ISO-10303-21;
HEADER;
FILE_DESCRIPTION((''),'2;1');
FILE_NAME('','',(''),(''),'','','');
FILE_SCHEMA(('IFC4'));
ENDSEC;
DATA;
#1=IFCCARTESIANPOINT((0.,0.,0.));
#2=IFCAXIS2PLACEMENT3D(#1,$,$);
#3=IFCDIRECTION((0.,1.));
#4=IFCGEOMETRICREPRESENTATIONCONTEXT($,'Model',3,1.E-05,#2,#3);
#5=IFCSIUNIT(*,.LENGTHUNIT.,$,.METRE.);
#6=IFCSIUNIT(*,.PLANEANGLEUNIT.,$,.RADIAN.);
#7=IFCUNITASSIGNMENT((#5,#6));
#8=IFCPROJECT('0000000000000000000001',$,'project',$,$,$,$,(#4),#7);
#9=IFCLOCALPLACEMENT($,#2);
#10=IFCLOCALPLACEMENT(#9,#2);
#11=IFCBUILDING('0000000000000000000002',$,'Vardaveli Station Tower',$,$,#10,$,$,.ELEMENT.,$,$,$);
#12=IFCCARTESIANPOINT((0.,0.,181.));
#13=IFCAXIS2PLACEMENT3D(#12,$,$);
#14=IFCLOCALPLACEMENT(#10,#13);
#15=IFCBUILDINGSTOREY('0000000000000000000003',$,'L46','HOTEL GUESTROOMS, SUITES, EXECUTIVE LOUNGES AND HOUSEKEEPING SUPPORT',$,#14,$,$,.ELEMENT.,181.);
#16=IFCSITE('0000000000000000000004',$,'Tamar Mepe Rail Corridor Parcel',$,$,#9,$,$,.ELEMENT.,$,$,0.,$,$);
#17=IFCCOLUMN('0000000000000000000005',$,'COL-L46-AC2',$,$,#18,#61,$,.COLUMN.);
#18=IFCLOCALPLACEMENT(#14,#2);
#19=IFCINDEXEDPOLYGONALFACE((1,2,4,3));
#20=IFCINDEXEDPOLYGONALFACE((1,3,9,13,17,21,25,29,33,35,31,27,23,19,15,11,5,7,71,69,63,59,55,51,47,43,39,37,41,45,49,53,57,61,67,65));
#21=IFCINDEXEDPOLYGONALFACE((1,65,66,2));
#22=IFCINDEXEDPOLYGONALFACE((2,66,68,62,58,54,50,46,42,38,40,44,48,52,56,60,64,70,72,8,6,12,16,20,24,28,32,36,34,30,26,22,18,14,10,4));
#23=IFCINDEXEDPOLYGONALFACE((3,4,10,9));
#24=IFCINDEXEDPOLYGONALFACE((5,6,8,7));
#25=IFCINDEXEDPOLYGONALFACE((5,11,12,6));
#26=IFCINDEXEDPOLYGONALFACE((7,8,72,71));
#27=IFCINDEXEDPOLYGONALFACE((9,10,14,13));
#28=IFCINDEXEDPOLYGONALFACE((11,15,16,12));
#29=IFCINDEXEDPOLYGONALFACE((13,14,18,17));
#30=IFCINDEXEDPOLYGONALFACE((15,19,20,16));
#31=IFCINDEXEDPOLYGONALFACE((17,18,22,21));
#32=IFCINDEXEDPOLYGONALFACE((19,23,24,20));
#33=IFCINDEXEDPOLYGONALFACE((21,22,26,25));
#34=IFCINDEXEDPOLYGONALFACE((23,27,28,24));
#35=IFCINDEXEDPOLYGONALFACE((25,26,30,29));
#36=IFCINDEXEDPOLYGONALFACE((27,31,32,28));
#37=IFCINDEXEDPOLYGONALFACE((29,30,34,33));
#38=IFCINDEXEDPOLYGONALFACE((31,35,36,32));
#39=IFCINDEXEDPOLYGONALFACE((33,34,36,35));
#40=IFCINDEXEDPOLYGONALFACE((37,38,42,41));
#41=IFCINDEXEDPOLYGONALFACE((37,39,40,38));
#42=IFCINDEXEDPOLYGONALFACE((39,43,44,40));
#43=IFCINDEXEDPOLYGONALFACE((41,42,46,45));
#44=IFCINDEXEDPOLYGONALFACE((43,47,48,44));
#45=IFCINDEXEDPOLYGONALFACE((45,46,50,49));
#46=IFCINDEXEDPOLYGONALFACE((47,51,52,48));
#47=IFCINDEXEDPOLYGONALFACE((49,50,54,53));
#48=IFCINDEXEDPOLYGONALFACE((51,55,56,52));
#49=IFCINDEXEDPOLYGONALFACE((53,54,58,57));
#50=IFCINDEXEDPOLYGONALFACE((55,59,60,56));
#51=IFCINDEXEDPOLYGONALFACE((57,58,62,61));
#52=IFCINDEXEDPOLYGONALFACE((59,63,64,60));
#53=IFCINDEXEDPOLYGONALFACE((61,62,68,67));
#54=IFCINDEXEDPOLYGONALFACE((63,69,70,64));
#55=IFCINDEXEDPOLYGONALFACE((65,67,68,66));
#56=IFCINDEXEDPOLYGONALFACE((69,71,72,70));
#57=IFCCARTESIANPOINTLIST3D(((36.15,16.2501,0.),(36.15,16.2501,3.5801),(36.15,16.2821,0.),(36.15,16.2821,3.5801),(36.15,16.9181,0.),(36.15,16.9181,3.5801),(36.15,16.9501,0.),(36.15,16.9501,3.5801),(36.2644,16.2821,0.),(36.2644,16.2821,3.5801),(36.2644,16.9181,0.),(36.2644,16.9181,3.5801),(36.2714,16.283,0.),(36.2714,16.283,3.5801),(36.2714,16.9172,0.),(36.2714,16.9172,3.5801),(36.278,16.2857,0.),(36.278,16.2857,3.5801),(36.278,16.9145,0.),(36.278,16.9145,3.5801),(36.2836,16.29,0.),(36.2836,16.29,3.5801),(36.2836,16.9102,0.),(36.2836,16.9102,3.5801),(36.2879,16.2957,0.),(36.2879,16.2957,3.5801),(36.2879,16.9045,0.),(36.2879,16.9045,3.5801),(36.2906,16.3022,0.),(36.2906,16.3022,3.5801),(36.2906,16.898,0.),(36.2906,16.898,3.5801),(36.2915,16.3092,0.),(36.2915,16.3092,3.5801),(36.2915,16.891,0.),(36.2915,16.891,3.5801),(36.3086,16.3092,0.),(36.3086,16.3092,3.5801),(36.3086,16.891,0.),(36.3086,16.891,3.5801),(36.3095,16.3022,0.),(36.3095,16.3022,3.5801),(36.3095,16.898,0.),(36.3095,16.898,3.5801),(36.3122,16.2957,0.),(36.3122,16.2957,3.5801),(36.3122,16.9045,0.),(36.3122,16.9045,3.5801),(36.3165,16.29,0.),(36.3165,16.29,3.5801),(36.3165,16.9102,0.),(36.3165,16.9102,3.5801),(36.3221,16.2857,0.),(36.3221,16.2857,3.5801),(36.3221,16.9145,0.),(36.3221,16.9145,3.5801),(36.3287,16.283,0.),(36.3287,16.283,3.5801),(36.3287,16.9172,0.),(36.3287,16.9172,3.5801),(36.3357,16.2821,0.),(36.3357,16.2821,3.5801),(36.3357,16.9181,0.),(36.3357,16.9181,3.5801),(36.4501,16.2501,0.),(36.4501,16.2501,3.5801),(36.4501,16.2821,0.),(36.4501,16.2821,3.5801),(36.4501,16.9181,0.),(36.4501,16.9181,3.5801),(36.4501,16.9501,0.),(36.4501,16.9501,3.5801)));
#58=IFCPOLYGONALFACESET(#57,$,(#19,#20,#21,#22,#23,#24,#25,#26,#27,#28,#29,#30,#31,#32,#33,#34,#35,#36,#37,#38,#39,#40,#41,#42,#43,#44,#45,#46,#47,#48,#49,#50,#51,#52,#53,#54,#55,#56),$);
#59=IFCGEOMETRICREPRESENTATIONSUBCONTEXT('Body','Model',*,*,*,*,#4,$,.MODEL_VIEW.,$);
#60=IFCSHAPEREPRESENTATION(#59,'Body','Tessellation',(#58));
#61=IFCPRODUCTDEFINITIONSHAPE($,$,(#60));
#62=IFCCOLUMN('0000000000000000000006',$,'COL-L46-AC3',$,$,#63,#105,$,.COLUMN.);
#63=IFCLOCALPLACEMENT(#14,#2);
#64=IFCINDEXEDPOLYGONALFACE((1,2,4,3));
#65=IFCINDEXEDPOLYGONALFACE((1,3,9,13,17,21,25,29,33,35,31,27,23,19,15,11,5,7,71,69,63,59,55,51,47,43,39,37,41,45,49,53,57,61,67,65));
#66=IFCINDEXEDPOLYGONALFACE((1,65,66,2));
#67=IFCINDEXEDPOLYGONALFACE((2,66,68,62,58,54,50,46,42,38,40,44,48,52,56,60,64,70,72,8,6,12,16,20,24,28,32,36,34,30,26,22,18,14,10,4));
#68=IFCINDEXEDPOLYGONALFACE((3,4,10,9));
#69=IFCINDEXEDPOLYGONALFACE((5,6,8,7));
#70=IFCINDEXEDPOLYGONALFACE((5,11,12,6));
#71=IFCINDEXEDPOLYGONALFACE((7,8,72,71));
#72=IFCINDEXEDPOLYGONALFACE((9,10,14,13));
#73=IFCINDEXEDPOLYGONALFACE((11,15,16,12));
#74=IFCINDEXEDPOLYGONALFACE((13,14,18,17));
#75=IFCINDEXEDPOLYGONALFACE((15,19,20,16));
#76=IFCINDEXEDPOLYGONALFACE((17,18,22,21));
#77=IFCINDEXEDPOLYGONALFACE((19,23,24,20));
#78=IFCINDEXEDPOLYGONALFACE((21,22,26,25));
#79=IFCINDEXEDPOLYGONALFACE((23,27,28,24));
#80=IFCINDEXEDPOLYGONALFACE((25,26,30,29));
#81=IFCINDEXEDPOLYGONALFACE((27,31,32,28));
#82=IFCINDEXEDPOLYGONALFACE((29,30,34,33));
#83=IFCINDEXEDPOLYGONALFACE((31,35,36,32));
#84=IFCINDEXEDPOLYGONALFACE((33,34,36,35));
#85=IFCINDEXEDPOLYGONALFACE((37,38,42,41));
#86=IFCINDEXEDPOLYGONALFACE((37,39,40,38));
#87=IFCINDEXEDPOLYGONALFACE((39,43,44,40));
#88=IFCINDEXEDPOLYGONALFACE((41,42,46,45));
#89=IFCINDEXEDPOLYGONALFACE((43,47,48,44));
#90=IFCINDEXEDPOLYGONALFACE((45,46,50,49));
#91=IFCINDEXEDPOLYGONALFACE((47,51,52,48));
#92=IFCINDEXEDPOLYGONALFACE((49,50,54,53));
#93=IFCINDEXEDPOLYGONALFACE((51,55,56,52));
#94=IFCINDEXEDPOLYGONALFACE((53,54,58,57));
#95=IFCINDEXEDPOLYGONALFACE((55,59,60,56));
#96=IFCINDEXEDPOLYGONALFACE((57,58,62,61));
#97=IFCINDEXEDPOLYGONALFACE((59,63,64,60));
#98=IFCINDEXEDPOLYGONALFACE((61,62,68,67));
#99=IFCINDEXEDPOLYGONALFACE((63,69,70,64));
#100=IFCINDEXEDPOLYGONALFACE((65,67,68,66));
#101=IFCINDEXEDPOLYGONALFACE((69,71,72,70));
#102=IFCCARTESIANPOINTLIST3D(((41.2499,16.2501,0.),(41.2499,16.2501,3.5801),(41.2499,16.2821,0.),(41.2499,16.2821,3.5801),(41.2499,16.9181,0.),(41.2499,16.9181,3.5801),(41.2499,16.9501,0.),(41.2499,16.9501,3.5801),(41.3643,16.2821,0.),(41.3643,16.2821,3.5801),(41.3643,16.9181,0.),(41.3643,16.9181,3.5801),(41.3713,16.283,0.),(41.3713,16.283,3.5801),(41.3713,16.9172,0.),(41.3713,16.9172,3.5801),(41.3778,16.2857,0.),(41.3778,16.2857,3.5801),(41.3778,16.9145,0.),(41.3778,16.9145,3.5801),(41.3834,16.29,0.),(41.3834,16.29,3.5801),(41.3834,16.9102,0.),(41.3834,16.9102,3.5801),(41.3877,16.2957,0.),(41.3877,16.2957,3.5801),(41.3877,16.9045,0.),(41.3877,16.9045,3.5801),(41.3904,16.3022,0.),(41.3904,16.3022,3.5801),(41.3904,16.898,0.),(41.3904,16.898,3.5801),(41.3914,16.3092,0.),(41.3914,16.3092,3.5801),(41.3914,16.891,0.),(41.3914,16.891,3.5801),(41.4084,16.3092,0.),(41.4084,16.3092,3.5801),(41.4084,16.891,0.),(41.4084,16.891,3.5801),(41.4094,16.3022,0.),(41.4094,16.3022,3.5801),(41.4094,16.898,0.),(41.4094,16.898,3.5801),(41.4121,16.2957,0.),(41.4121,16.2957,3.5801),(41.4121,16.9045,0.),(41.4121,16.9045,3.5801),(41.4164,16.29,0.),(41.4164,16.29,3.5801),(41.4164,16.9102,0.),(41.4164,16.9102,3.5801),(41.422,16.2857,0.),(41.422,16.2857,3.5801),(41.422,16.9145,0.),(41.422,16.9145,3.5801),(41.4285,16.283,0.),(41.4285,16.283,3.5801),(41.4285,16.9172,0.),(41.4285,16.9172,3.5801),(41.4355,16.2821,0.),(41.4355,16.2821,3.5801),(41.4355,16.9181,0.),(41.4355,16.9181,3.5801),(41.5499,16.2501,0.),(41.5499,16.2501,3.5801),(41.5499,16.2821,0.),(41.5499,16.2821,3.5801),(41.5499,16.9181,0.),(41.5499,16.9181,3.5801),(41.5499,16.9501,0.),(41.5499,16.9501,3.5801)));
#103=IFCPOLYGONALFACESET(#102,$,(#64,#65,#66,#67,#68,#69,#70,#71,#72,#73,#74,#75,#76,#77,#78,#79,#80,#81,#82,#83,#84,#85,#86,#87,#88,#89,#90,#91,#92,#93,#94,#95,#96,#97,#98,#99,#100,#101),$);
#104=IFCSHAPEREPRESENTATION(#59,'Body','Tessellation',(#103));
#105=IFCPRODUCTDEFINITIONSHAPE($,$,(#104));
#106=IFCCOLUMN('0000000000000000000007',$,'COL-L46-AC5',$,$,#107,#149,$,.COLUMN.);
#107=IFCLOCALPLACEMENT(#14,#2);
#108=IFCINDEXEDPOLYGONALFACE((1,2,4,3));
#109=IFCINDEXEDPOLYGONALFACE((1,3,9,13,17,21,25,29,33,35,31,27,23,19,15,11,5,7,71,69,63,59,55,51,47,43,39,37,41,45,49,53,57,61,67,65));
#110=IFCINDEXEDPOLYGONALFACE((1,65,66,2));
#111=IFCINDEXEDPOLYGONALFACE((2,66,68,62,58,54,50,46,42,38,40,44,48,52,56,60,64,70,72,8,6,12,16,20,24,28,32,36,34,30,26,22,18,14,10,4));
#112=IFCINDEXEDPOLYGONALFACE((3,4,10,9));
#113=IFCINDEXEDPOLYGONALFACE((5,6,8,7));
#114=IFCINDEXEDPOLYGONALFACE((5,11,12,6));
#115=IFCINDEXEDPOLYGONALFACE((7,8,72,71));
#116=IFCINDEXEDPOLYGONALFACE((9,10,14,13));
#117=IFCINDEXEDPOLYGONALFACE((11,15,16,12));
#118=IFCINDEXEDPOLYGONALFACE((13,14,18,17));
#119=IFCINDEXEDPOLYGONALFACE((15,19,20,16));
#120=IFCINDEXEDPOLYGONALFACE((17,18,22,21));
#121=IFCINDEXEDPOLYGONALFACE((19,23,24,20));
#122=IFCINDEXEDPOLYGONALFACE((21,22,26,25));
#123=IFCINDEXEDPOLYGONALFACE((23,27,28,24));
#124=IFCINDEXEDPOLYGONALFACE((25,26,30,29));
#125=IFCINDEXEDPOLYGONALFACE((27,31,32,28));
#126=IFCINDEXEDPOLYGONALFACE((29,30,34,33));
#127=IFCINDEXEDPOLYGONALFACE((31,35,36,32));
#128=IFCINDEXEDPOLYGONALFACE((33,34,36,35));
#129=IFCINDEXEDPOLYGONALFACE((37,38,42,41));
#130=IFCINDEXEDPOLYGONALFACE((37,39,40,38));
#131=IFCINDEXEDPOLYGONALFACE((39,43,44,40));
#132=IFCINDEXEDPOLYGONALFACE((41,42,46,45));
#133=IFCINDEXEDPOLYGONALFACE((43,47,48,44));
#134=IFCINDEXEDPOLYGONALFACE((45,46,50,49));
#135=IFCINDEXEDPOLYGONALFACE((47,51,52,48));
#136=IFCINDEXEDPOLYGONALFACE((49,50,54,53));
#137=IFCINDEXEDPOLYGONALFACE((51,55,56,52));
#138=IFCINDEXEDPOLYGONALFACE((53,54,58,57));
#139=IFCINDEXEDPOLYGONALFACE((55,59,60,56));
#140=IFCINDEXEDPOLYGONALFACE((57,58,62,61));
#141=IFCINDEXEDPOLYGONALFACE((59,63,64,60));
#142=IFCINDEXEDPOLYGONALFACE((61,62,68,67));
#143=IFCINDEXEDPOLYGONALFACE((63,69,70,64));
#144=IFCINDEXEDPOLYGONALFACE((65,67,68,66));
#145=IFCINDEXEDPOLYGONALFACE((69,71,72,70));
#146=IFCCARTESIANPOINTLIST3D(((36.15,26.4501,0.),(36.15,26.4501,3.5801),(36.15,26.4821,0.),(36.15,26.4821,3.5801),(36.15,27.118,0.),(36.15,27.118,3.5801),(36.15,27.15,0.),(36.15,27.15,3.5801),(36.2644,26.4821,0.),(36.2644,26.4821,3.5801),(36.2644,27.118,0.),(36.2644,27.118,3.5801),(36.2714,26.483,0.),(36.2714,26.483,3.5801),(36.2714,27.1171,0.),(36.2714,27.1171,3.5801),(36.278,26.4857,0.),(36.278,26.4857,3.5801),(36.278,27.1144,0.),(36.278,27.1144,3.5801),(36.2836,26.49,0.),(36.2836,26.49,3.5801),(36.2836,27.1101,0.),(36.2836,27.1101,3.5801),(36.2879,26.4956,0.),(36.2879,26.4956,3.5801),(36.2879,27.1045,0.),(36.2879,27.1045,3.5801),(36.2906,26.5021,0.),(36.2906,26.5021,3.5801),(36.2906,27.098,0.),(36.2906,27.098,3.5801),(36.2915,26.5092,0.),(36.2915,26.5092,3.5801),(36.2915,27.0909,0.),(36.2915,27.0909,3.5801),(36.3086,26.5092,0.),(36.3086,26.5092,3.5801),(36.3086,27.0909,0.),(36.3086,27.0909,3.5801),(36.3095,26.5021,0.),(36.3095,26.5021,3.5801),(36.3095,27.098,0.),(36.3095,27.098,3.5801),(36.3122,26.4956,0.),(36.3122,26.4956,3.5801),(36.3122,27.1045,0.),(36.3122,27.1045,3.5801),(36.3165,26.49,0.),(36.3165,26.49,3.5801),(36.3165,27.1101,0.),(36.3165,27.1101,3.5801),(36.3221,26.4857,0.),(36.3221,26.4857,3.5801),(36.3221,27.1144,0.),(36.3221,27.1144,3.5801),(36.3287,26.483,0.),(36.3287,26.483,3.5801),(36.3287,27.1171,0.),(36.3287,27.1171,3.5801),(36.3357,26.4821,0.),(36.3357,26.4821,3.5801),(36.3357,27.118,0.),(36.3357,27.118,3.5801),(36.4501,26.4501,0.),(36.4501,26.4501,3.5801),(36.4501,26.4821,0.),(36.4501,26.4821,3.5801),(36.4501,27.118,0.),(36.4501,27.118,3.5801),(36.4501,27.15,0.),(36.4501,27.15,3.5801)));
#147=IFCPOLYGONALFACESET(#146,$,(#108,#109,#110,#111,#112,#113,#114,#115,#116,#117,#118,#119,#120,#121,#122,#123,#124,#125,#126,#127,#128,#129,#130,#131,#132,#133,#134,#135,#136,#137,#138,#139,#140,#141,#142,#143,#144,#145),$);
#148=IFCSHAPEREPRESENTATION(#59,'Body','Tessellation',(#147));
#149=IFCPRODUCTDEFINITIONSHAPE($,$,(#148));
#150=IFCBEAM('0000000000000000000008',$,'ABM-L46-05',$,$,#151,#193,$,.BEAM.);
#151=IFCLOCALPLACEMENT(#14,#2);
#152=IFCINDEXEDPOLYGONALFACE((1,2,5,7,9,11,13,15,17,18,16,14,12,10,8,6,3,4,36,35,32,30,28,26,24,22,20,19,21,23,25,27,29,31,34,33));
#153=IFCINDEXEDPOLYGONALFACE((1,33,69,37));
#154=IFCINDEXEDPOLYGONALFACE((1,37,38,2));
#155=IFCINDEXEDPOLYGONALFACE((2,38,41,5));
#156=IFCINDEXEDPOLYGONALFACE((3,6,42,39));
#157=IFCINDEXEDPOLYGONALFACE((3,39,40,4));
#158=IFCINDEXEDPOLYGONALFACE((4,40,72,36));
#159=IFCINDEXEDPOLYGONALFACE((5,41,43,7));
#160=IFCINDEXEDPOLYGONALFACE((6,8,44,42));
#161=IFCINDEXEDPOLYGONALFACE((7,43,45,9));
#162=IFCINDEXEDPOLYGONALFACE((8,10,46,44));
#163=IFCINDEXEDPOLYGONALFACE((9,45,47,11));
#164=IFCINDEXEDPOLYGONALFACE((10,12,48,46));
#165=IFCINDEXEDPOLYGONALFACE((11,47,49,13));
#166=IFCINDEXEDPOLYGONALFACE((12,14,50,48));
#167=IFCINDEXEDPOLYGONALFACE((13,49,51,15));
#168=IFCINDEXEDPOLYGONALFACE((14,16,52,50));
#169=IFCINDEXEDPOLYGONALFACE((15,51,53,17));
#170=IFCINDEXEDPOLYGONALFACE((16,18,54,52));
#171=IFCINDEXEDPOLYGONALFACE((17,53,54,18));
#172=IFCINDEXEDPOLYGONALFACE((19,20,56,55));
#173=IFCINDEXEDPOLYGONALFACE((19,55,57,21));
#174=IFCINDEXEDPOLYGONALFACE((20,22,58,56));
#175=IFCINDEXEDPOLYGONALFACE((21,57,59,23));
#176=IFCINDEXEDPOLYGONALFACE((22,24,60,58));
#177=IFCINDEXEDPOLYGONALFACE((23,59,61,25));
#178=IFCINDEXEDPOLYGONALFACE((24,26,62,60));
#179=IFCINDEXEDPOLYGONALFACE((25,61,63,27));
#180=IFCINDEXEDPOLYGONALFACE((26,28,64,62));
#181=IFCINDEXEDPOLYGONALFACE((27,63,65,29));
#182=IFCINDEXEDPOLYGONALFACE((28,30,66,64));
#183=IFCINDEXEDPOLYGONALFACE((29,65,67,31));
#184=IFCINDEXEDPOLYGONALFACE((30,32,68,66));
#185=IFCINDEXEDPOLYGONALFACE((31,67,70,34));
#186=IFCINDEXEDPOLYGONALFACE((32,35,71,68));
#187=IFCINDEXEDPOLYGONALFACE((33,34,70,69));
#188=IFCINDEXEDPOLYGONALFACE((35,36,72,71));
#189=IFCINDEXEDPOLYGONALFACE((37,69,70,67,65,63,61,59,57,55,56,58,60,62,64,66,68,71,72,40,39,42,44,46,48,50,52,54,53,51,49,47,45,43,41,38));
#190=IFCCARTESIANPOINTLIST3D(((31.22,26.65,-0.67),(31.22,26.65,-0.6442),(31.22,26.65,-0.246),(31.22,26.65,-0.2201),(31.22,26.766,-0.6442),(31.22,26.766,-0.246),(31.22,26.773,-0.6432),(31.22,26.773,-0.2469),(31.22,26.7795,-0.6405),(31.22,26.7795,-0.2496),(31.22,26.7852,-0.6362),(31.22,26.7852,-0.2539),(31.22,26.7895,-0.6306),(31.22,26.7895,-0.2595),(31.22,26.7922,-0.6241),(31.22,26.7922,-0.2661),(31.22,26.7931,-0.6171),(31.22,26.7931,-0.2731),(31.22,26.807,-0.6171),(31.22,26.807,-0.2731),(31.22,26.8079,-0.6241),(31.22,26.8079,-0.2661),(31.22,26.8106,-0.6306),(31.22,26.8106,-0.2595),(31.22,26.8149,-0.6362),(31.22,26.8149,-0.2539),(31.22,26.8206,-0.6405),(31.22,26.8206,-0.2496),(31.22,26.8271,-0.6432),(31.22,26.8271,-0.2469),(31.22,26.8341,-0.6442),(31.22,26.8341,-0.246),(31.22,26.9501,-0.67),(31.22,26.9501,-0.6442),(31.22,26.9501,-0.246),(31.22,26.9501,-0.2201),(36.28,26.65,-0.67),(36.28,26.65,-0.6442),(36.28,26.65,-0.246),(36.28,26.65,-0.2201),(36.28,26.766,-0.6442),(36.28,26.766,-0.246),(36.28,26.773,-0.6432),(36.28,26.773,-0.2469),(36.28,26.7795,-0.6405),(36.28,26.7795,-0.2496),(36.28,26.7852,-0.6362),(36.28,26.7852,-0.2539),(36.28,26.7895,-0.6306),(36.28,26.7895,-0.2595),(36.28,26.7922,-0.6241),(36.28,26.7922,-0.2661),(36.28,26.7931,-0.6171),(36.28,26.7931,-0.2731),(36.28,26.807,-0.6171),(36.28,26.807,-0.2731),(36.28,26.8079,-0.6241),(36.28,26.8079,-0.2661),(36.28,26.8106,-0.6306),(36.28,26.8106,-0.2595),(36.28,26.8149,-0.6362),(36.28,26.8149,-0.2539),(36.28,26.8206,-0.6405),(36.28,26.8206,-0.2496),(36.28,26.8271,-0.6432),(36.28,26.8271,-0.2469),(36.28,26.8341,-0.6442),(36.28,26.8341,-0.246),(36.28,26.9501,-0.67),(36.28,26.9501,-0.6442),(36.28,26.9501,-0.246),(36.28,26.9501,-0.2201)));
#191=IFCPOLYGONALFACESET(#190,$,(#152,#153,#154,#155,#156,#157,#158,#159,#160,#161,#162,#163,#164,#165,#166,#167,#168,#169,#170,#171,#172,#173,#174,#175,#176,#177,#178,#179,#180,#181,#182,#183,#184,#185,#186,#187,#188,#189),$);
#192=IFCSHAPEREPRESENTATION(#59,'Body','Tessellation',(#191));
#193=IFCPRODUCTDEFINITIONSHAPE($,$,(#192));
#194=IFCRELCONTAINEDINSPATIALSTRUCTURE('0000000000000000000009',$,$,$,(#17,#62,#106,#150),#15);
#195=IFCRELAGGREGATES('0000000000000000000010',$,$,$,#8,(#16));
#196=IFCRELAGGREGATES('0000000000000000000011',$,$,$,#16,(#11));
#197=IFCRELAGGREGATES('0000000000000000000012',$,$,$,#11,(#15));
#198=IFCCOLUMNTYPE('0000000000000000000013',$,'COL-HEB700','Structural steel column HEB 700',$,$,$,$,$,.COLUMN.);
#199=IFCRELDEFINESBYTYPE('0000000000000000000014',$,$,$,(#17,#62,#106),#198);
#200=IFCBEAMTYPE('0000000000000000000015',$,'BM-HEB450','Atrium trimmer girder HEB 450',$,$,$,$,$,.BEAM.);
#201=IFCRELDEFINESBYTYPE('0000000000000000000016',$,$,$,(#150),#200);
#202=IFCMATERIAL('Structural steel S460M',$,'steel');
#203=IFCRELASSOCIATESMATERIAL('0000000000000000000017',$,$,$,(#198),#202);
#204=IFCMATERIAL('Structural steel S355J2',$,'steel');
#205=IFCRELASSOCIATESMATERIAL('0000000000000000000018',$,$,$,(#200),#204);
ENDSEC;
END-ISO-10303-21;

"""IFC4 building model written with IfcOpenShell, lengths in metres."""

from ifc_helpers import new_model, si_unit, direction, frame, origin, origin_2d, place, context, subcontext, project, spatial, i_section, extrude, source, transform, mapped, material, material_profile, profile_set, type_object, element, save


model = new_model("IFC4")

# Units and contexts
model_context = context("Model", 3, precision=1e-05, world=origin(), true_north=direction((0.0, 1.0)))
body_context = subcontext(model_context, "Body", "Model", "MODEL_VIEW")
ifc_project = project(units=[si_unit("LENGTHUNIT", "METRE"), si_unit("PLANEANGLEUNIT", "RADIAN")], contexts=[model_context])

# Site, building, storey
site_placement = place(None, origin())
site = spatial("IfcSite", under=ifc_project, at=site_placement, Name="Tamar Mepe Rail Corridor Parcel", CompositionType="ELEMENT", RefElevation=0.0)
building_placement = place(site_placement, origin())
building = spatial("IfcBuilding", under=site, at=building_placement, Name="Vardaveli Station Tower", CompositionType="ELEMENT")
storey_placement = place(building_placement, frame((0.0, 0.0, 181.0)))
storey = spatial("IfcBuildingStorey", under=building, at=storey_placement, Name="L46", Description="HOTEL GUESTROOMS, SUITES, EXECUTIVE LOUNGES AND HOUSEKEEPING SUPPORT", CompositionType="ELEMENT", Elevation=181.0)

# Columns
ifc_material_1 = material(Name="Structural steel S460M", Category="steel")
ifc_material_profile_1 = material_profile(ifc_material_1, i_section(OverallWidth=0.3, OverallDepth=0.7, WebThickness=0.0171, FlangeThickness=0.032, FilletRadius=0.0271, at=origin_2d()), Name="HEB 700")
ifc_profile_set_1 = profile_set([ifc_material_profile_1], Name="Structural steel S460M")
column_type = type_object("IfcColumnType", Name="COL-HEB700", Description="Structural steel column HEB 700", PredefinedType="COLUMN", material=ifc_profile_set_1)
shared_shape_1 = source(origin(), body_context, "Body", "SweptSolid", [
    extrude(i_section(OverallWidth=0.3, OverallDepth=0.7, WebThickness=0.0171, FlangeThickness=0.032, FilletRadius=0.0271, at=origin_2d()), origin(), (0.0, 0.0, 1.0), 3.5801),
])
for number, where, z_axis, x_axis, name in (
    (1, (36.3, 16.6001, 0.0), (0.0, 0.0, 1.0), (1.0, 0.0, 0.0), "COL-L46-AC2"),
    (2, (41.3999, 16.6001, 0.0), (0.0, 0.0, 1.0), (1.0, 0.0, 0.0), "COL-L46-AC3"),
    (3, (36.3, 26.8, 0.0), (0.0, 0.0, 1.0), (1.0, 0.0, 0.0), "COL-L46-AC5"),
):
    element("IfcColumn", number, at=place(storey_placement, frame(where, z_axis=z_axis, x_axis=x_axis)), inside=storey, type_object=column_type, Name=name, PredefinedType="COLUMN", context=body_context, shape_type="MappedRepresentation", body=[
        mapped(shared_shape_1, transform((0.0, 0.0, 0.0), scale=1.0)),
    ])

# Beam
ifc_material_2 = material(Name="Structural steel S355J2", Category="steel")
ifc_material_profile_2 = material_profile(ifc_material_2, i_section(OverallWidth=0.3, OverallDepth=0.45, WebThickness=0.0139, FlangeThickness=0.0259, FilletRadius=0.0271, at=origin_2d()), Name="HEB 450")
ifc_profile_set_2 = profile_set([ifc_material_profile_2], Name="Structural steel S355J2")
beam_type = type_object("IfcBeamType", Name="BM-HEB450", Description="Atrium trimmer girder HEB 450", PredefinedType="BEAM", material=ifc_profile_set_2)
shared_shape_2 = source(origin(), body_context, "Body", "SweptSolid", [
    extrude(i_section(OverallWidth=0.3, OverallDepth=0.45, WebThickness=0.0139, FlangeThickness=0.0259, FilletRadius=0.0271, at=origin_2d()), origin(), (0.0, 0.0, 1.0), 5.0601),
])
beam_1_placement = place(storey_placement, frame((36.28, 26.8, -0.4451), z_axis=(-1.0, 0.0, 0.0), x_axis=(0.0, -1.0, 0.0)))
element("IfcBeam", 4, at=beam_1_placement, inside=storey, type_object=beam_type, Name="ABM-L46-05", PredefinedType="BEAM", context=body_context, shape_type="MappedRepresentation", body=[
    mapped(shared_shape_2, transform((0.0, 0.0, 0.0), scale=1.0)),
])

save(model, "model.ifc")
